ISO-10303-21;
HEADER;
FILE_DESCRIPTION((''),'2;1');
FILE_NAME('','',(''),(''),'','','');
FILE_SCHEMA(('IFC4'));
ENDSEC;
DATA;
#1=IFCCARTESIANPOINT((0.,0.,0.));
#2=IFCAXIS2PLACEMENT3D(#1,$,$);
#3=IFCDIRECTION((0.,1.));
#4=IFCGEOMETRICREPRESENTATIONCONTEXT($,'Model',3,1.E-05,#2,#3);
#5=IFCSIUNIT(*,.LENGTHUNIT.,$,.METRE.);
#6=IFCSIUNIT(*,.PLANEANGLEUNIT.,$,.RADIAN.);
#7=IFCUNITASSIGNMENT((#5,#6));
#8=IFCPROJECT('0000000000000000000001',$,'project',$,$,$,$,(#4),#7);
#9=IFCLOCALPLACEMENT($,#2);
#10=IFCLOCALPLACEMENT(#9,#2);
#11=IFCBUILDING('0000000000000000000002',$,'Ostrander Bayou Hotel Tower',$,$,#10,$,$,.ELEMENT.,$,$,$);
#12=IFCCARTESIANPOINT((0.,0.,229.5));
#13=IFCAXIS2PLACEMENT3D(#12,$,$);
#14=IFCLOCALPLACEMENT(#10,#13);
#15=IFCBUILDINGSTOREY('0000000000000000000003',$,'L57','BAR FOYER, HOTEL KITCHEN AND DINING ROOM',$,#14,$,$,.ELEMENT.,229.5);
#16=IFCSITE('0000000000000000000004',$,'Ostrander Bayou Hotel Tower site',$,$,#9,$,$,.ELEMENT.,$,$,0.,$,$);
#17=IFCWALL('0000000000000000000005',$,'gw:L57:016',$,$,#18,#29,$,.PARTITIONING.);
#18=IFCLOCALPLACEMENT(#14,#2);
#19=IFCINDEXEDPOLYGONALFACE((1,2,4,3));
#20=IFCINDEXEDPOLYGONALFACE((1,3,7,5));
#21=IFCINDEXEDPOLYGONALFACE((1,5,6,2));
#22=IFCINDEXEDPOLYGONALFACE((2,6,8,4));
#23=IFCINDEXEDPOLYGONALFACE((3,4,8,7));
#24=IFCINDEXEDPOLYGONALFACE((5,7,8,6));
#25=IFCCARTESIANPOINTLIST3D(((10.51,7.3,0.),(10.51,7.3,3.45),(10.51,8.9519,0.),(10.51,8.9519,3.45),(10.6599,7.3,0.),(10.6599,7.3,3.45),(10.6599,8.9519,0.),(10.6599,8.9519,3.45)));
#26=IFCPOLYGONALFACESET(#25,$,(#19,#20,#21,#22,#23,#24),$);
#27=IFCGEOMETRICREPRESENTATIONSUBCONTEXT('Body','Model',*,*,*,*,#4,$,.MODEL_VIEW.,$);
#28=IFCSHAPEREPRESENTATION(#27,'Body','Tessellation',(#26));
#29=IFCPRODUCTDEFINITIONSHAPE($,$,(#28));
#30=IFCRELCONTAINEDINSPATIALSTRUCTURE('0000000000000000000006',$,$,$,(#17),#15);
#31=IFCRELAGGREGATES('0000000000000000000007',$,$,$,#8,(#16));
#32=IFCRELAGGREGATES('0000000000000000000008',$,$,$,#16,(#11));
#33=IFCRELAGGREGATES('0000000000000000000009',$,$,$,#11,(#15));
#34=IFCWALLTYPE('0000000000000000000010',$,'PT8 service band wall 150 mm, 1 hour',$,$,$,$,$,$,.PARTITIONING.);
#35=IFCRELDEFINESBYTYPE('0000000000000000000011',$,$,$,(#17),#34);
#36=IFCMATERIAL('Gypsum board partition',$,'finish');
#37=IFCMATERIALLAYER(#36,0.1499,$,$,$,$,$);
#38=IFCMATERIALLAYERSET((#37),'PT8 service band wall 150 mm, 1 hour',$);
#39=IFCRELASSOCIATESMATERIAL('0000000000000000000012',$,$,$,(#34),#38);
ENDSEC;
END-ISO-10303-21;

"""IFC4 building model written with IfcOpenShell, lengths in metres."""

from ifc_helpers import new_model, si_unit, direction, frame, frame_2d, origin, place, context, subcontext, project, spatial, rectangle, extrude, material, layer, layer_set, type_object, element, save


model = new_model("IFC4")

# Units and contexts
model_context = context("Model", 3, precision=1e-05, world=origin(), true_north=direction((0.0, 1.0)))
body_context = subcontext(model_context, "Body", "Model", "MODEL_VIEW")
ifc_project = project(units=[si_unit("LENGTHUNIT", "METRE"), si_unit("PLANEANGLEUNIT", "RADIAN")], contexts=[model_context])

# Site, building, storey
site_placement = place(None, origin())
site = spatial("IfcSite", under=ifc_project, at=site_placement, Name="Ostrander Bayou Hotel Tower site", CompositionType="ELEMENT", RefElevation=0.0)
building_placement = place(site_placement, origin())
building = spatial("IfcBuilding", under=site, at=building_placement, Name="Ostrander Bayou Hotel Tower", CompositionType="ELEMENT")
storey_placement = place(building_placement, frame((0.0, 0.0, 229.5)))
storey = spatial("IfcBuildingStorey", under=building, at=storey_placement, Name="L57", Description="BAR FOYER, HOTEL KITCHEN AND DINING ROOM", CompositionType="ELEMENT", Elevation=229.5)

# Wall
ifc_material_1 = material(Name="Gypsum board partition", Category="finish")
ifc_layer_1 = layer(ifc_material_1, 0.1499)
ifc_layer_set_1 = layer_set([ifc_layer_1], Name="PT8 service band wall 150 mm, 1 hour")
wall_type_1 = type_object("IfcWallType", Name="PT8 service band wall 150 mm, 1 hour", PredefinedType="PARTITIONING", material=ifc_layer_set_1)
wall_1_placement = place(storey_placement, frame((10.585, 7.3, 0.0), z_axis=(0.0, 0.0, 1.0), x_axis=(0.0, 1.0, 0.0)))
element("IfcWall", 1, at=wall_1_placement, inside=storey, type_object=wall_type_1, Name="gw:L57:016", PredefinedType="PARTITIONING", context=body_context, shape_type="SweptSolid", body=[
    extrude(rectangle(XDim=1.6519, YDim=0.1499, at=frame_2d((0.8259, 0.0))), origin(), (0.0, 0.0, 1.0), 3.45),
])

save(model, "model.ifc")
